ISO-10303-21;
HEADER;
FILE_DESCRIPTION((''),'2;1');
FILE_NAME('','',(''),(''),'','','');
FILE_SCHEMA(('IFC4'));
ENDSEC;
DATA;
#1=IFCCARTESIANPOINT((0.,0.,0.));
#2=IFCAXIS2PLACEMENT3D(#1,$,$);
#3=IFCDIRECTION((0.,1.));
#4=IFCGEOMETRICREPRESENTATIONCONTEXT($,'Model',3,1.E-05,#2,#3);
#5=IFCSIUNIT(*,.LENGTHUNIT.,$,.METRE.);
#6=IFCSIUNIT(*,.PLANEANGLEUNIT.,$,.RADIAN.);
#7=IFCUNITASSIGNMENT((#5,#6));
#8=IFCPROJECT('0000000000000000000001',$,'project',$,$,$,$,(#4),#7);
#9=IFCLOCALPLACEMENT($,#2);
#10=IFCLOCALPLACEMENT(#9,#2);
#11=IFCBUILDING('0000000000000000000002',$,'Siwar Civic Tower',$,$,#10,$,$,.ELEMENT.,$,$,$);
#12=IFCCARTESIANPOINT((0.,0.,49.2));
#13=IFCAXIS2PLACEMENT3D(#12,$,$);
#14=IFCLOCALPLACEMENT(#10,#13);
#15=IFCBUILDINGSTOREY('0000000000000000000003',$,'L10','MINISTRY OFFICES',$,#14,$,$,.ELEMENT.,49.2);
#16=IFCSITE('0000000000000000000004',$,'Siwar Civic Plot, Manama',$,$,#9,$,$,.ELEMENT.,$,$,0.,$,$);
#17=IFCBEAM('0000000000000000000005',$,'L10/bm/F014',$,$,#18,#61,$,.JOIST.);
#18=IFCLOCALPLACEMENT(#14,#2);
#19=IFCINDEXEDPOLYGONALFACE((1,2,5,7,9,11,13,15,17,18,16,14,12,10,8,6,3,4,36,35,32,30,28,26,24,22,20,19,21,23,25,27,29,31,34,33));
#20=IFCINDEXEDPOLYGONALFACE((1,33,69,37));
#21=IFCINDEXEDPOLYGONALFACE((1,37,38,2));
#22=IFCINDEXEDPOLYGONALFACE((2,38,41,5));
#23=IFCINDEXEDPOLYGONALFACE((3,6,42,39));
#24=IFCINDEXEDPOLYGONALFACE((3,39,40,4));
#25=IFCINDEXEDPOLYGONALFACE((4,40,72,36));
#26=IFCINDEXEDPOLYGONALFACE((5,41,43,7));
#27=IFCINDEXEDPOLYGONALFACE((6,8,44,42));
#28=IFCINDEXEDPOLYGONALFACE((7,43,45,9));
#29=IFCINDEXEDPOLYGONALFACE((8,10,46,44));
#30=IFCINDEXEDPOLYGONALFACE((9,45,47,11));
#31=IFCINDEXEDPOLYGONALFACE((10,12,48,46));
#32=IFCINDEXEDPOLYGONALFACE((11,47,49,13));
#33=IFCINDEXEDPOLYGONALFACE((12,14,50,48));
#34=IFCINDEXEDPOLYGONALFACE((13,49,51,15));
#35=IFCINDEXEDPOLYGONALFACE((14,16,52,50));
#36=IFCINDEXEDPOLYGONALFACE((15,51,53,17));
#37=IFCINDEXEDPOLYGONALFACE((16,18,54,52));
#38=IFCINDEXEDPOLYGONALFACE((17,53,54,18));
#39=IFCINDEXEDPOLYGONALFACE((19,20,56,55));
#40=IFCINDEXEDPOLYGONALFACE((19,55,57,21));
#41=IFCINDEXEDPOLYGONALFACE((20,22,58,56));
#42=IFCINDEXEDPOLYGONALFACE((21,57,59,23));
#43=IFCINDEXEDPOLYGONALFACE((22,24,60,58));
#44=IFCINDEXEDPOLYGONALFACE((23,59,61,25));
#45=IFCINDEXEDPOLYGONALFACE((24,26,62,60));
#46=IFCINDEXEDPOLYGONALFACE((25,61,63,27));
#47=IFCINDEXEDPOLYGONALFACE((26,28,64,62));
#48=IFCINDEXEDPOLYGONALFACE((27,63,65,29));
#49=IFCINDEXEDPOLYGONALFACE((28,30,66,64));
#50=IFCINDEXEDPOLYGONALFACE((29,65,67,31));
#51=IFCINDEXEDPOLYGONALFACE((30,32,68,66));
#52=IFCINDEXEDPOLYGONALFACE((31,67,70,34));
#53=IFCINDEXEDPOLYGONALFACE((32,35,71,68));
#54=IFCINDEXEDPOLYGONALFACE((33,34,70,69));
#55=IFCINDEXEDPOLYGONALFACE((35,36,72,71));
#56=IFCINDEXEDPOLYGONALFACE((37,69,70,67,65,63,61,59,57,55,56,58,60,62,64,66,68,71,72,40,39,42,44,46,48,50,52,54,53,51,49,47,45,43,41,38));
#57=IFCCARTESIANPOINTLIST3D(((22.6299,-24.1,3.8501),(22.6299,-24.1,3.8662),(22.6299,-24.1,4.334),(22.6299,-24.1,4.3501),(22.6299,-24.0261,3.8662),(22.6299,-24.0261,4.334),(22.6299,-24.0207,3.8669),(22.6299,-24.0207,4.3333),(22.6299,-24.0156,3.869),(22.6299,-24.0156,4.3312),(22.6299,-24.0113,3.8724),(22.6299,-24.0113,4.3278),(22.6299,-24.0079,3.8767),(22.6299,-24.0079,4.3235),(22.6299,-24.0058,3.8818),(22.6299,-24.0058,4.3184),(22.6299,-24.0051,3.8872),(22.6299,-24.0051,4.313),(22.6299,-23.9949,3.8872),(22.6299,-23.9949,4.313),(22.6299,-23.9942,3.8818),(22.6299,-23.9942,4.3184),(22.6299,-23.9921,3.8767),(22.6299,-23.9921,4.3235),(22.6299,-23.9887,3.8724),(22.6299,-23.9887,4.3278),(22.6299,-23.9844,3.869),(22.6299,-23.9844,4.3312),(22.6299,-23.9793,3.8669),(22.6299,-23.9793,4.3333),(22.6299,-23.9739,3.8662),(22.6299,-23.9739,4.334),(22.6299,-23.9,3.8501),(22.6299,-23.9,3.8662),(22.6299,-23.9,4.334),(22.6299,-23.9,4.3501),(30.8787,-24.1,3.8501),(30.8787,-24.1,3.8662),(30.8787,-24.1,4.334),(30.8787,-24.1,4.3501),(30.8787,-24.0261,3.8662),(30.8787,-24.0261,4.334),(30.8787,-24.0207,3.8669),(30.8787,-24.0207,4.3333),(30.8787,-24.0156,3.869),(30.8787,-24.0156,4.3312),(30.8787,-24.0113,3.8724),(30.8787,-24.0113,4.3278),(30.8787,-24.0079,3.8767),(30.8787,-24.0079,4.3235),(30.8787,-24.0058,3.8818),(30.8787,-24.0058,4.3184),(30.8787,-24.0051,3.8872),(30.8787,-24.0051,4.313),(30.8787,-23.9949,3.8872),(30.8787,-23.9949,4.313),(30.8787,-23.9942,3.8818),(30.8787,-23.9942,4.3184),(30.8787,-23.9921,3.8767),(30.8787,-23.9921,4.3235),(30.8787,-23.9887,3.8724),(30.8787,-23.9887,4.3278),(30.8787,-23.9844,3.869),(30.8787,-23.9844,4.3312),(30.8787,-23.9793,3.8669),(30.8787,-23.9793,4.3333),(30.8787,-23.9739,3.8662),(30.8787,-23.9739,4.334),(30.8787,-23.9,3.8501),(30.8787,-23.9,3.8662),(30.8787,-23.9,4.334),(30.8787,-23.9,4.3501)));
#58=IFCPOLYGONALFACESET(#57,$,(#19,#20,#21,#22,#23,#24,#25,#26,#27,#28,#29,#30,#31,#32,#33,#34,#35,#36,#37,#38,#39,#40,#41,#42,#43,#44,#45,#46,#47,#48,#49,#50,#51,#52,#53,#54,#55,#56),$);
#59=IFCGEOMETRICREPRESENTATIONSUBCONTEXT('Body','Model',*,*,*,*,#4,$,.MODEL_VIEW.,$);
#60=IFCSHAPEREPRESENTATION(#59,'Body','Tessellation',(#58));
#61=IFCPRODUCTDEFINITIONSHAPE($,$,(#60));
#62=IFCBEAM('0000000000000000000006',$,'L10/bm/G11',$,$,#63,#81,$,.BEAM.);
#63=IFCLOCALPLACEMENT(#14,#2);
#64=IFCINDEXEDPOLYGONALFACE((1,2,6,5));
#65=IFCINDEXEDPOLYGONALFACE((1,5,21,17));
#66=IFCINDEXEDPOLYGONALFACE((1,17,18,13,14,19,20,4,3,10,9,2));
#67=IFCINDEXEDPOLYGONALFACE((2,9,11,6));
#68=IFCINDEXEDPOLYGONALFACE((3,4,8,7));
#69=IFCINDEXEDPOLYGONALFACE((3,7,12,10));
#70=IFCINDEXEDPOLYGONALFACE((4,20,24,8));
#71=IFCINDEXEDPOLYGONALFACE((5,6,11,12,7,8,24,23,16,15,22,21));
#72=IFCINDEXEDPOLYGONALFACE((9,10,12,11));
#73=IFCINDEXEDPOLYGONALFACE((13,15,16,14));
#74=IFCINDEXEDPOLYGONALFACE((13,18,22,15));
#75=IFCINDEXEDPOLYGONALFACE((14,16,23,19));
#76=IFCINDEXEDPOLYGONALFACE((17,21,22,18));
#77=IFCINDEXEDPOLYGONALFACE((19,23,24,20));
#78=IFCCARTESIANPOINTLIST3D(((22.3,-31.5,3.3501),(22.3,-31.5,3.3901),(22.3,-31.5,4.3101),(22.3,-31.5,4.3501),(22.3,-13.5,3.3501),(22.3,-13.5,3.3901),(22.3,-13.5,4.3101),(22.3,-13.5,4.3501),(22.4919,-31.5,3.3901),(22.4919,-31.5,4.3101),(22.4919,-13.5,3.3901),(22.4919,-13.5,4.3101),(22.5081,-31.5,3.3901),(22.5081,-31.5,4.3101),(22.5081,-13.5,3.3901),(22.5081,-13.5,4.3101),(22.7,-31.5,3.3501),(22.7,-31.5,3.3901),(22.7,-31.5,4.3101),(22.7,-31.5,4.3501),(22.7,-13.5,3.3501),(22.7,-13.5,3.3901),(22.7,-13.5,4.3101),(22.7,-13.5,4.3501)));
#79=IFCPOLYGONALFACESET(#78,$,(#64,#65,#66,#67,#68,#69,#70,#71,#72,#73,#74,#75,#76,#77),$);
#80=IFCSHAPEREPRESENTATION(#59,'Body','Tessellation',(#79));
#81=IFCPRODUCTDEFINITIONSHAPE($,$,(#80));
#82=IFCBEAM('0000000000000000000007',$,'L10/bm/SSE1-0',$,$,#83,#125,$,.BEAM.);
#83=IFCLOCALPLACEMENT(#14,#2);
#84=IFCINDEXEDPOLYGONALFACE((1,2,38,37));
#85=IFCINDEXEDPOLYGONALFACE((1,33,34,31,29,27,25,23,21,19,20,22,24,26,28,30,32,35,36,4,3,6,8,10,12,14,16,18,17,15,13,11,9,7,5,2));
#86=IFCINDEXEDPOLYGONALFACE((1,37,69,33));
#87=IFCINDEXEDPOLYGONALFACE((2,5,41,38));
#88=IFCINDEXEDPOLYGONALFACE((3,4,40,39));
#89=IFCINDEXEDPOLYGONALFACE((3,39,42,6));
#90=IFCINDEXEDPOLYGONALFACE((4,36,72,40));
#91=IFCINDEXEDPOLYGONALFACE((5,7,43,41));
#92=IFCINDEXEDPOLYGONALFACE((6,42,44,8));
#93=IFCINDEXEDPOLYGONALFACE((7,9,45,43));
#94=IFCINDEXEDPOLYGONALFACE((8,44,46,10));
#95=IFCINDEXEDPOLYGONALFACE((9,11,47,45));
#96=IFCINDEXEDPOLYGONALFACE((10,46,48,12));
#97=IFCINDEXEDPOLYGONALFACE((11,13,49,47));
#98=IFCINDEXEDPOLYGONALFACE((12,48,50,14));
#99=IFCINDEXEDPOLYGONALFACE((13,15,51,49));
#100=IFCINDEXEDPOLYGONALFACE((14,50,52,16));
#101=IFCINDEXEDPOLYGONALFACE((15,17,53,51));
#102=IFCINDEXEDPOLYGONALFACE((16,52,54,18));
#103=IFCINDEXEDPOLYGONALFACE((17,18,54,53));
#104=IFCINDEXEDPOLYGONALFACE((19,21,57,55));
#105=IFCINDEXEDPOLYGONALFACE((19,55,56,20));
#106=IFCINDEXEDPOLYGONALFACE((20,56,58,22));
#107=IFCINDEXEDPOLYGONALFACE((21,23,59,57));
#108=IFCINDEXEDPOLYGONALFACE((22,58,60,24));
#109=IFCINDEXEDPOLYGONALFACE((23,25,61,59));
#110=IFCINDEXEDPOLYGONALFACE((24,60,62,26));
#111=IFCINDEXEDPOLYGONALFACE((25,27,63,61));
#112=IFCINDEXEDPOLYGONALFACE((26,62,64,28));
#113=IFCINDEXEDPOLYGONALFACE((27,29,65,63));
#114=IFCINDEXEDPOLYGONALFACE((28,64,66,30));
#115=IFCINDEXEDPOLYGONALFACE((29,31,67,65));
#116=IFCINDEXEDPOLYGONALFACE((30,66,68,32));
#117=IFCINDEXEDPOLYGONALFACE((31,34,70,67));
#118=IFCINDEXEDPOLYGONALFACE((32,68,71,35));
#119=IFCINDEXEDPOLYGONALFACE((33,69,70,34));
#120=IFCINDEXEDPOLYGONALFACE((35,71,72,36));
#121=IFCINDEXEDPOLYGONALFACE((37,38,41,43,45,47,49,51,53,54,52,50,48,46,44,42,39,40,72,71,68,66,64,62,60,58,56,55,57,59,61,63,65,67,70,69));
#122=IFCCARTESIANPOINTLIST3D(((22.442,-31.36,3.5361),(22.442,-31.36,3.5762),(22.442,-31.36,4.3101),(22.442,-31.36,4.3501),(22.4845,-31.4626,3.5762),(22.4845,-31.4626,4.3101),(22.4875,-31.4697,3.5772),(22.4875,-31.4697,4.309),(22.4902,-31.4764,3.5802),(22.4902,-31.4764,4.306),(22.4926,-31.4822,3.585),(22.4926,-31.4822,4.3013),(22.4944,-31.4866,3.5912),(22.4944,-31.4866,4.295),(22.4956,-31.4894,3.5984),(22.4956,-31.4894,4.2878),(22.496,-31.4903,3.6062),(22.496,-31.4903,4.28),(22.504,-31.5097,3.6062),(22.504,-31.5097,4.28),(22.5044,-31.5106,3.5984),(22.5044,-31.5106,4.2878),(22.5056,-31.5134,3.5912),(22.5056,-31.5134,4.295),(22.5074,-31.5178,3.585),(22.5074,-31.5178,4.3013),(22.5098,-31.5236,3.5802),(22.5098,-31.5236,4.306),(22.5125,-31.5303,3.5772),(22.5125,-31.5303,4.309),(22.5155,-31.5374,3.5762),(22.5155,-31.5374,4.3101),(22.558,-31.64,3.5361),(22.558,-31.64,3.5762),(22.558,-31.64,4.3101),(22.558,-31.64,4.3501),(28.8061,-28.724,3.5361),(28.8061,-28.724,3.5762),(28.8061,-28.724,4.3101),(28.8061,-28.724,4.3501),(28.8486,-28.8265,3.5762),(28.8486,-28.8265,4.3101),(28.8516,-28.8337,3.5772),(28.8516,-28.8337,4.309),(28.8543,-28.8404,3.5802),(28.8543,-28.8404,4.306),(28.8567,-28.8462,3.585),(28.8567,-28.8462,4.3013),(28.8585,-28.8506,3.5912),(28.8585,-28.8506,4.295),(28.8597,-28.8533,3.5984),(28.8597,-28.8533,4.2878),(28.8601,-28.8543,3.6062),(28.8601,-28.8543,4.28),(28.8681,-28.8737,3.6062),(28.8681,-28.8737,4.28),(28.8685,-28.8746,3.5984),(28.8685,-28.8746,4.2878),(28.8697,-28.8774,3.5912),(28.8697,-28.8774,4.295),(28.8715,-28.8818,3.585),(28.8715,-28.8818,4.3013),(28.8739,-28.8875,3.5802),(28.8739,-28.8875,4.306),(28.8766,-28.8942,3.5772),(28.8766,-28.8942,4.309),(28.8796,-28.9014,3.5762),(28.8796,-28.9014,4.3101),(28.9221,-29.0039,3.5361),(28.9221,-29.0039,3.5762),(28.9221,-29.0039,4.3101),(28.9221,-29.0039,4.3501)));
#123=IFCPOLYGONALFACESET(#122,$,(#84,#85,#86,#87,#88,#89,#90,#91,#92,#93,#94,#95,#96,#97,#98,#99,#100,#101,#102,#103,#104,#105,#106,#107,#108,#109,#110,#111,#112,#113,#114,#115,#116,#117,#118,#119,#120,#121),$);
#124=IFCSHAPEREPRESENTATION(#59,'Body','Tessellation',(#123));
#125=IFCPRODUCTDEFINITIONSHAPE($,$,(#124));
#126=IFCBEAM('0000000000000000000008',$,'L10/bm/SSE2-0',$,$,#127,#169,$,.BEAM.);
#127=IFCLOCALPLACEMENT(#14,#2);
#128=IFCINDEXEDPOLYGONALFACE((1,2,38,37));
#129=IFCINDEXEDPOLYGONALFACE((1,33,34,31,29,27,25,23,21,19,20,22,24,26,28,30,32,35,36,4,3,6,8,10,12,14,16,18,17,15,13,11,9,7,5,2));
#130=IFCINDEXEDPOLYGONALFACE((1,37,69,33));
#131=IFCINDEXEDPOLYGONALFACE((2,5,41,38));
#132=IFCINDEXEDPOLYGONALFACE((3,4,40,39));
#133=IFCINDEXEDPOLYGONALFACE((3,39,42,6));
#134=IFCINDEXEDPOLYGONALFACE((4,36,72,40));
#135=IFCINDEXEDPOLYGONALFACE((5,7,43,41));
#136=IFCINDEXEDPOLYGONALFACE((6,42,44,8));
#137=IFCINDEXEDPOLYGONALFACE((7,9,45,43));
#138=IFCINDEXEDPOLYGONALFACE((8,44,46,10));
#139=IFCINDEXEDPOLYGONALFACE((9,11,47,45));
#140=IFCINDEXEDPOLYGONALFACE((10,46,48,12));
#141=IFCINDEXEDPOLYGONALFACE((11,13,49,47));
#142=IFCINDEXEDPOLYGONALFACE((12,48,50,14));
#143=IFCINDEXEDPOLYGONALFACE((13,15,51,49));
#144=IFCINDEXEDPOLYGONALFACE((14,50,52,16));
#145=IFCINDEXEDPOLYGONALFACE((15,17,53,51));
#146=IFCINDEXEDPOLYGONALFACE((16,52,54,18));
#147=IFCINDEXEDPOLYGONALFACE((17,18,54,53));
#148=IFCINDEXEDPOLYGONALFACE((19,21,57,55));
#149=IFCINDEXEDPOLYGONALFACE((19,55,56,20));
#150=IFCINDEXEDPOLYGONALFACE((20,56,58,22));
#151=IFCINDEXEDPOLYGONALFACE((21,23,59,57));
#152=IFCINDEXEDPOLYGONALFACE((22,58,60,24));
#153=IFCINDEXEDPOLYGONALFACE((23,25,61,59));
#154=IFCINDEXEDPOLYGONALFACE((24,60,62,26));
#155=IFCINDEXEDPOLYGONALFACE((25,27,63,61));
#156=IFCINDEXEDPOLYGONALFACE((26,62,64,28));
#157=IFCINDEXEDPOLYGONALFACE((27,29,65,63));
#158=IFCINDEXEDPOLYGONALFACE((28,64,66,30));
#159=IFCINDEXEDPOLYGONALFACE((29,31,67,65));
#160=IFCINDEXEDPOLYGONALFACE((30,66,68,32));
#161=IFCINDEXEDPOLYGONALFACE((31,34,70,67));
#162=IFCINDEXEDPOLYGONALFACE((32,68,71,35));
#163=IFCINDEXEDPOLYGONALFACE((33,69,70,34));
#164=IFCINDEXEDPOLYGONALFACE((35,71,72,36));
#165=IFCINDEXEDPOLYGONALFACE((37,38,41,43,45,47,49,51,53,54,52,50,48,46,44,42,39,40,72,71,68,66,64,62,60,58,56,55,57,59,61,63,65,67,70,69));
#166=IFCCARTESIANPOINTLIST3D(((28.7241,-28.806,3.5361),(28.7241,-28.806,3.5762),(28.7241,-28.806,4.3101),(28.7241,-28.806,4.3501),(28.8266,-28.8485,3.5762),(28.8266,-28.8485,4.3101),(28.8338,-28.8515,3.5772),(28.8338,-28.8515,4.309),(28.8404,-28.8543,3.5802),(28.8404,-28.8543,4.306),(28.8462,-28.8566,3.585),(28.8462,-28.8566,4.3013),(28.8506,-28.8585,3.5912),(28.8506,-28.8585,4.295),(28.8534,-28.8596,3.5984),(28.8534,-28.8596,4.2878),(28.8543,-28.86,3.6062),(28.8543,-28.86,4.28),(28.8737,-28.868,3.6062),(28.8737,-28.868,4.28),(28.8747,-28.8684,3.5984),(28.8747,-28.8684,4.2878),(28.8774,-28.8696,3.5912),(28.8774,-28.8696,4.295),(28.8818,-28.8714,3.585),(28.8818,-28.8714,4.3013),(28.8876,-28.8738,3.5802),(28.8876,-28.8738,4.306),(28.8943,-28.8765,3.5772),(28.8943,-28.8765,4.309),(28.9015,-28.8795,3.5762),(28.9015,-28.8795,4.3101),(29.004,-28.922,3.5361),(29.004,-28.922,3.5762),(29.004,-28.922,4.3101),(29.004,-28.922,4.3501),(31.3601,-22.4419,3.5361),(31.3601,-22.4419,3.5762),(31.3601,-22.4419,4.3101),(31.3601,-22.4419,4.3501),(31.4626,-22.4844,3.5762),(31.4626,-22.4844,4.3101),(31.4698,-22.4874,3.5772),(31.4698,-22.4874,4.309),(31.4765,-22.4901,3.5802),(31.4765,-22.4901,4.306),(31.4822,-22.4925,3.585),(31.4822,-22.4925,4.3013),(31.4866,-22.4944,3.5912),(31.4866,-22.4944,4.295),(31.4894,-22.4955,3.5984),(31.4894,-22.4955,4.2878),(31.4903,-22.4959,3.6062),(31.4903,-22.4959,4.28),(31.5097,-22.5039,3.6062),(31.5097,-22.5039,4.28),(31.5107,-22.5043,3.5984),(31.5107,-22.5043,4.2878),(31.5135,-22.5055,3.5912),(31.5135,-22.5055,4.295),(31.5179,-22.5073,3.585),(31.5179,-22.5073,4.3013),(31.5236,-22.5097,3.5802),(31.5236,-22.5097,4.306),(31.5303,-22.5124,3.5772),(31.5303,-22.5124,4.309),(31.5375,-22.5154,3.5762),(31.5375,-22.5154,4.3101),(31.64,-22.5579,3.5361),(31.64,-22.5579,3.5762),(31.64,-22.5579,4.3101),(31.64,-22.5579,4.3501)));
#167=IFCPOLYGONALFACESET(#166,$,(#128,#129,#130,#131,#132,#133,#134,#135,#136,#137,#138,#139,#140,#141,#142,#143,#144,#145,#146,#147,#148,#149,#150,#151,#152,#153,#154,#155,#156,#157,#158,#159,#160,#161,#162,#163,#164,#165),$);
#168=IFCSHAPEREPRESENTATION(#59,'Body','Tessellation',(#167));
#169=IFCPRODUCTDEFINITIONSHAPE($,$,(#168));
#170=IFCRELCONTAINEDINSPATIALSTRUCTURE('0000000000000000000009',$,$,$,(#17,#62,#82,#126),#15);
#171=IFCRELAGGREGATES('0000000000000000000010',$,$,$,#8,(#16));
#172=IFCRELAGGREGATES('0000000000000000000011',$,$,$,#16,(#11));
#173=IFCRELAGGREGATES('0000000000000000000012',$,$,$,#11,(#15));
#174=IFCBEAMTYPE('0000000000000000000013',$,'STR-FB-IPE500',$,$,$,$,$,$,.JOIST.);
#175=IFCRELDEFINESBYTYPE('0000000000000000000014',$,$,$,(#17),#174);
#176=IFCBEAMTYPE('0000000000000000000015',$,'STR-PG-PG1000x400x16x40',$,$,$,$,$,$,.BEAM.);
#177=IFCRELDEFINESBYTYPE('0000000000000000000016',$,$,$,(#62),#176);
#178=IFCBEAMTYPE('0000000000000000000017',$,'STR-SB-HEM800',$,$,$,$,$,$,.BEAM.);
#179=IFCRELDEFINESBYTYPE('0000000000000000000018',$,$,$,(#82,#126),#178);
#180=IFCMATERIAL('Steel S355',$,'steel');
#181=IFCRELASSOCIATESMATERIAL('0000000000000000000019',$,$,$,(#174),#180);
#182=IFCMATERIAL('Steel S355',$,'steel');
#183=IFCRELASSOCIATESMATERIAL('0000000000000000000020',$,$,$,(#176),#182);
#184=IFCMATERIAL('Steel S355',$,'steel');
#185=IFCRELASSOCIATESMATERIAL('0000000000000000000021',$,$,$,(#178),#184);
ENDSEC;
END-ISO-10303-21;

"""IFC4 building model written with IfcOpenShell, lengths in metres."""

from ifc_helpers import new_model, si_unit, direction, frame, origin, origin_2d, place, context, subcontext, project, spatial, i_section, extrude, material, material_profile, profile_set, type_object, element, save


model = new_model("IFC4")

# Units and contexts
model_context = context("Model", 3, precision=1e-05, world=origin(), true_north=direction((0.0, 1.0)))
body_context = subcontext(model_context, "Body", "Model", "MODEL_VIEW")
ifc_project = project(units=[si_unit("LENGTHUNIT", "METRE"), si_unit("PLANEANGLEUNIT", "RADIAN")], contexts=[model_context])

# Site, building, storey
site_placement = place(None, origin())
site = spatial("IfcSite", under=ifc_project, at=site_placement, Name="Siwar Civic Plot, Manama", CompositionType="ELEMENT", RefElevation=0.0)
building_placement = place(site_placement, origin())
building = spatial("IfcBuilding", under=site, at=building_placement, Name="Siwar Civic Tower", CompositionType="ELEMENT")
storey_placement = place(building_placement, frame((0.0, 0.0, 49.2)))
storey = spatial("IfcBuildingStorey", under=building, at=storey_placement, Name="L10", Description="MINISTRY OFFICES", CompositionType="ELEMENT", Elevation=49.2)

# Beams
ifc_material_1 = material(Name="Steel S355", Category="steel")
ifc_material_profile_1 = material_profile(ifc_material_1, i_section(OverallWidth=0.2, OverallDepth=0.5, WebThickness=0.0103, FlangeThickness=0.0161, FilletRadius=0.021, at=origin_2d()), Name="IPE500")
ifc_profile_set_1 = profile_set([ifc_material_profile_1], Name="Steel S355")
beam_type_1 = type_object("IfcBeamType", Name="STR-FB-IPE500", PredefinedType="JOIST", material=ifc_profile_set_1)
beam_1_placement = place(storey_placement, frame((22.6299, -24.0, 4.1001), z_axis=(1.0, 0.0, 0.0), x_axis=(0.0, 1.0, 0.0)))
element("IfcBeam", 1, at=beam_1_placement, inside=storey, type_object=beam_type_1, Name="L10/bm/F014", PredefinedType="JOIST", context=body_context, shape_type="SweptSolid", body=[
    extrude(i_section(OverallWidth=0.2, OverallDepth=0.5, WebThickness=0.0103, FlangeThickness=0.0161, FilletRadius=0.021, at=origin_2d()), origin(), (0.0, 0.0, 1.0), 8.2488),
])
ifc_material_2 = material(Name="Steel S355", Category="steel")
ifc_material_profile_2 = material_profile(ifc_material_2, i_section(OverallWidth=0.3999, OverallDepth=1.0, WebThickness=0.0161, FlangeThickness=0.04, at=origin_2d()), Name="PG1000x400x16x40")
ifc_profile_set_2 = profile_set([ifc_material_profile_2], Name="Steel S355")
beam_type_2 = type_object("IfcBeamType", Name="STR-PG-PG1000x400x16x40", PredefinedType="BEAM", material=ifc_profile_set_2)
beam_2_placement = place(storey_placement, frame((22.5, -31.5, 3.8501), z_axis=(0.0, 1.0, 0.0), x_axis=(-1.0, 0.0, 0.0)))
element("IfcBeam", 2, at=beam_2_placement, inside=storey, type_object=beam_type_2, Name="L10/bm/G11", PredefinedType="BEAM", context=body_context, shape_type="SweptSolid", body=[
    extrude(i_section(OverallWidth=0.3999, OverallDepth=1.0, WebThickness=0.0161, FlangeThickness=0.04, at=origin_2d()), origin(), (0.0, 0.0, 1.0), 18.0),
])
ifc_material_3 = material(Name="Steel S355", Category="steel")
ifc_material_profile_3 = material_profile(ifc_material_3, i_section(OverallWidth=0.303, OverallDepth=0.814, WebThickness=0.021, FlangeThickness=0.04, FilletRadius=0.03, at=origin_2d()), Name="HEM800")
ifc_profile_set_3 = profile_set([ifc_material_profile_3], Name="Steel S355")
beam_type_3 = type_object("IfcBeamType", Name="STR-SB-HEM800", PredefinedType="BEAM", material=ifc_profile_set_3)
for number, where, z_axis, x_axis, name in (
    (3, (22.5, -31.5, 3.9431), (0.923883, 0.382674, 0.0), (-0.382674, 0.923883, 0.0), "L10/bm/SSE1-0"),
    (4, (28.864, -28.864, 3.9431), (0.382674, 0.923883, 0.0), (-0.923883, 0.382674, 0.0), "L10/bm/SSE2-0"),
):
    element("IfcBeam", number, at=place(storey_placement, frame(where, z_axis=z_axis, x_axis=x_axis)), inside=storey, type_object=beam_type_3, Name=name, PredefinedType="BEAM", context=body_context, shape_type="SweptSolid", body=[
        extrude(i_section(OverallWidth=0.303, OverallDepth=0.814, WebThickness=0.021, FlangeThickness=0.04, FilletRadius=0.03, at=origin_2d()), origin(), (0.0, 0.0, 1.0), 6.8884),
    ])

save(model, "model.ifc")
